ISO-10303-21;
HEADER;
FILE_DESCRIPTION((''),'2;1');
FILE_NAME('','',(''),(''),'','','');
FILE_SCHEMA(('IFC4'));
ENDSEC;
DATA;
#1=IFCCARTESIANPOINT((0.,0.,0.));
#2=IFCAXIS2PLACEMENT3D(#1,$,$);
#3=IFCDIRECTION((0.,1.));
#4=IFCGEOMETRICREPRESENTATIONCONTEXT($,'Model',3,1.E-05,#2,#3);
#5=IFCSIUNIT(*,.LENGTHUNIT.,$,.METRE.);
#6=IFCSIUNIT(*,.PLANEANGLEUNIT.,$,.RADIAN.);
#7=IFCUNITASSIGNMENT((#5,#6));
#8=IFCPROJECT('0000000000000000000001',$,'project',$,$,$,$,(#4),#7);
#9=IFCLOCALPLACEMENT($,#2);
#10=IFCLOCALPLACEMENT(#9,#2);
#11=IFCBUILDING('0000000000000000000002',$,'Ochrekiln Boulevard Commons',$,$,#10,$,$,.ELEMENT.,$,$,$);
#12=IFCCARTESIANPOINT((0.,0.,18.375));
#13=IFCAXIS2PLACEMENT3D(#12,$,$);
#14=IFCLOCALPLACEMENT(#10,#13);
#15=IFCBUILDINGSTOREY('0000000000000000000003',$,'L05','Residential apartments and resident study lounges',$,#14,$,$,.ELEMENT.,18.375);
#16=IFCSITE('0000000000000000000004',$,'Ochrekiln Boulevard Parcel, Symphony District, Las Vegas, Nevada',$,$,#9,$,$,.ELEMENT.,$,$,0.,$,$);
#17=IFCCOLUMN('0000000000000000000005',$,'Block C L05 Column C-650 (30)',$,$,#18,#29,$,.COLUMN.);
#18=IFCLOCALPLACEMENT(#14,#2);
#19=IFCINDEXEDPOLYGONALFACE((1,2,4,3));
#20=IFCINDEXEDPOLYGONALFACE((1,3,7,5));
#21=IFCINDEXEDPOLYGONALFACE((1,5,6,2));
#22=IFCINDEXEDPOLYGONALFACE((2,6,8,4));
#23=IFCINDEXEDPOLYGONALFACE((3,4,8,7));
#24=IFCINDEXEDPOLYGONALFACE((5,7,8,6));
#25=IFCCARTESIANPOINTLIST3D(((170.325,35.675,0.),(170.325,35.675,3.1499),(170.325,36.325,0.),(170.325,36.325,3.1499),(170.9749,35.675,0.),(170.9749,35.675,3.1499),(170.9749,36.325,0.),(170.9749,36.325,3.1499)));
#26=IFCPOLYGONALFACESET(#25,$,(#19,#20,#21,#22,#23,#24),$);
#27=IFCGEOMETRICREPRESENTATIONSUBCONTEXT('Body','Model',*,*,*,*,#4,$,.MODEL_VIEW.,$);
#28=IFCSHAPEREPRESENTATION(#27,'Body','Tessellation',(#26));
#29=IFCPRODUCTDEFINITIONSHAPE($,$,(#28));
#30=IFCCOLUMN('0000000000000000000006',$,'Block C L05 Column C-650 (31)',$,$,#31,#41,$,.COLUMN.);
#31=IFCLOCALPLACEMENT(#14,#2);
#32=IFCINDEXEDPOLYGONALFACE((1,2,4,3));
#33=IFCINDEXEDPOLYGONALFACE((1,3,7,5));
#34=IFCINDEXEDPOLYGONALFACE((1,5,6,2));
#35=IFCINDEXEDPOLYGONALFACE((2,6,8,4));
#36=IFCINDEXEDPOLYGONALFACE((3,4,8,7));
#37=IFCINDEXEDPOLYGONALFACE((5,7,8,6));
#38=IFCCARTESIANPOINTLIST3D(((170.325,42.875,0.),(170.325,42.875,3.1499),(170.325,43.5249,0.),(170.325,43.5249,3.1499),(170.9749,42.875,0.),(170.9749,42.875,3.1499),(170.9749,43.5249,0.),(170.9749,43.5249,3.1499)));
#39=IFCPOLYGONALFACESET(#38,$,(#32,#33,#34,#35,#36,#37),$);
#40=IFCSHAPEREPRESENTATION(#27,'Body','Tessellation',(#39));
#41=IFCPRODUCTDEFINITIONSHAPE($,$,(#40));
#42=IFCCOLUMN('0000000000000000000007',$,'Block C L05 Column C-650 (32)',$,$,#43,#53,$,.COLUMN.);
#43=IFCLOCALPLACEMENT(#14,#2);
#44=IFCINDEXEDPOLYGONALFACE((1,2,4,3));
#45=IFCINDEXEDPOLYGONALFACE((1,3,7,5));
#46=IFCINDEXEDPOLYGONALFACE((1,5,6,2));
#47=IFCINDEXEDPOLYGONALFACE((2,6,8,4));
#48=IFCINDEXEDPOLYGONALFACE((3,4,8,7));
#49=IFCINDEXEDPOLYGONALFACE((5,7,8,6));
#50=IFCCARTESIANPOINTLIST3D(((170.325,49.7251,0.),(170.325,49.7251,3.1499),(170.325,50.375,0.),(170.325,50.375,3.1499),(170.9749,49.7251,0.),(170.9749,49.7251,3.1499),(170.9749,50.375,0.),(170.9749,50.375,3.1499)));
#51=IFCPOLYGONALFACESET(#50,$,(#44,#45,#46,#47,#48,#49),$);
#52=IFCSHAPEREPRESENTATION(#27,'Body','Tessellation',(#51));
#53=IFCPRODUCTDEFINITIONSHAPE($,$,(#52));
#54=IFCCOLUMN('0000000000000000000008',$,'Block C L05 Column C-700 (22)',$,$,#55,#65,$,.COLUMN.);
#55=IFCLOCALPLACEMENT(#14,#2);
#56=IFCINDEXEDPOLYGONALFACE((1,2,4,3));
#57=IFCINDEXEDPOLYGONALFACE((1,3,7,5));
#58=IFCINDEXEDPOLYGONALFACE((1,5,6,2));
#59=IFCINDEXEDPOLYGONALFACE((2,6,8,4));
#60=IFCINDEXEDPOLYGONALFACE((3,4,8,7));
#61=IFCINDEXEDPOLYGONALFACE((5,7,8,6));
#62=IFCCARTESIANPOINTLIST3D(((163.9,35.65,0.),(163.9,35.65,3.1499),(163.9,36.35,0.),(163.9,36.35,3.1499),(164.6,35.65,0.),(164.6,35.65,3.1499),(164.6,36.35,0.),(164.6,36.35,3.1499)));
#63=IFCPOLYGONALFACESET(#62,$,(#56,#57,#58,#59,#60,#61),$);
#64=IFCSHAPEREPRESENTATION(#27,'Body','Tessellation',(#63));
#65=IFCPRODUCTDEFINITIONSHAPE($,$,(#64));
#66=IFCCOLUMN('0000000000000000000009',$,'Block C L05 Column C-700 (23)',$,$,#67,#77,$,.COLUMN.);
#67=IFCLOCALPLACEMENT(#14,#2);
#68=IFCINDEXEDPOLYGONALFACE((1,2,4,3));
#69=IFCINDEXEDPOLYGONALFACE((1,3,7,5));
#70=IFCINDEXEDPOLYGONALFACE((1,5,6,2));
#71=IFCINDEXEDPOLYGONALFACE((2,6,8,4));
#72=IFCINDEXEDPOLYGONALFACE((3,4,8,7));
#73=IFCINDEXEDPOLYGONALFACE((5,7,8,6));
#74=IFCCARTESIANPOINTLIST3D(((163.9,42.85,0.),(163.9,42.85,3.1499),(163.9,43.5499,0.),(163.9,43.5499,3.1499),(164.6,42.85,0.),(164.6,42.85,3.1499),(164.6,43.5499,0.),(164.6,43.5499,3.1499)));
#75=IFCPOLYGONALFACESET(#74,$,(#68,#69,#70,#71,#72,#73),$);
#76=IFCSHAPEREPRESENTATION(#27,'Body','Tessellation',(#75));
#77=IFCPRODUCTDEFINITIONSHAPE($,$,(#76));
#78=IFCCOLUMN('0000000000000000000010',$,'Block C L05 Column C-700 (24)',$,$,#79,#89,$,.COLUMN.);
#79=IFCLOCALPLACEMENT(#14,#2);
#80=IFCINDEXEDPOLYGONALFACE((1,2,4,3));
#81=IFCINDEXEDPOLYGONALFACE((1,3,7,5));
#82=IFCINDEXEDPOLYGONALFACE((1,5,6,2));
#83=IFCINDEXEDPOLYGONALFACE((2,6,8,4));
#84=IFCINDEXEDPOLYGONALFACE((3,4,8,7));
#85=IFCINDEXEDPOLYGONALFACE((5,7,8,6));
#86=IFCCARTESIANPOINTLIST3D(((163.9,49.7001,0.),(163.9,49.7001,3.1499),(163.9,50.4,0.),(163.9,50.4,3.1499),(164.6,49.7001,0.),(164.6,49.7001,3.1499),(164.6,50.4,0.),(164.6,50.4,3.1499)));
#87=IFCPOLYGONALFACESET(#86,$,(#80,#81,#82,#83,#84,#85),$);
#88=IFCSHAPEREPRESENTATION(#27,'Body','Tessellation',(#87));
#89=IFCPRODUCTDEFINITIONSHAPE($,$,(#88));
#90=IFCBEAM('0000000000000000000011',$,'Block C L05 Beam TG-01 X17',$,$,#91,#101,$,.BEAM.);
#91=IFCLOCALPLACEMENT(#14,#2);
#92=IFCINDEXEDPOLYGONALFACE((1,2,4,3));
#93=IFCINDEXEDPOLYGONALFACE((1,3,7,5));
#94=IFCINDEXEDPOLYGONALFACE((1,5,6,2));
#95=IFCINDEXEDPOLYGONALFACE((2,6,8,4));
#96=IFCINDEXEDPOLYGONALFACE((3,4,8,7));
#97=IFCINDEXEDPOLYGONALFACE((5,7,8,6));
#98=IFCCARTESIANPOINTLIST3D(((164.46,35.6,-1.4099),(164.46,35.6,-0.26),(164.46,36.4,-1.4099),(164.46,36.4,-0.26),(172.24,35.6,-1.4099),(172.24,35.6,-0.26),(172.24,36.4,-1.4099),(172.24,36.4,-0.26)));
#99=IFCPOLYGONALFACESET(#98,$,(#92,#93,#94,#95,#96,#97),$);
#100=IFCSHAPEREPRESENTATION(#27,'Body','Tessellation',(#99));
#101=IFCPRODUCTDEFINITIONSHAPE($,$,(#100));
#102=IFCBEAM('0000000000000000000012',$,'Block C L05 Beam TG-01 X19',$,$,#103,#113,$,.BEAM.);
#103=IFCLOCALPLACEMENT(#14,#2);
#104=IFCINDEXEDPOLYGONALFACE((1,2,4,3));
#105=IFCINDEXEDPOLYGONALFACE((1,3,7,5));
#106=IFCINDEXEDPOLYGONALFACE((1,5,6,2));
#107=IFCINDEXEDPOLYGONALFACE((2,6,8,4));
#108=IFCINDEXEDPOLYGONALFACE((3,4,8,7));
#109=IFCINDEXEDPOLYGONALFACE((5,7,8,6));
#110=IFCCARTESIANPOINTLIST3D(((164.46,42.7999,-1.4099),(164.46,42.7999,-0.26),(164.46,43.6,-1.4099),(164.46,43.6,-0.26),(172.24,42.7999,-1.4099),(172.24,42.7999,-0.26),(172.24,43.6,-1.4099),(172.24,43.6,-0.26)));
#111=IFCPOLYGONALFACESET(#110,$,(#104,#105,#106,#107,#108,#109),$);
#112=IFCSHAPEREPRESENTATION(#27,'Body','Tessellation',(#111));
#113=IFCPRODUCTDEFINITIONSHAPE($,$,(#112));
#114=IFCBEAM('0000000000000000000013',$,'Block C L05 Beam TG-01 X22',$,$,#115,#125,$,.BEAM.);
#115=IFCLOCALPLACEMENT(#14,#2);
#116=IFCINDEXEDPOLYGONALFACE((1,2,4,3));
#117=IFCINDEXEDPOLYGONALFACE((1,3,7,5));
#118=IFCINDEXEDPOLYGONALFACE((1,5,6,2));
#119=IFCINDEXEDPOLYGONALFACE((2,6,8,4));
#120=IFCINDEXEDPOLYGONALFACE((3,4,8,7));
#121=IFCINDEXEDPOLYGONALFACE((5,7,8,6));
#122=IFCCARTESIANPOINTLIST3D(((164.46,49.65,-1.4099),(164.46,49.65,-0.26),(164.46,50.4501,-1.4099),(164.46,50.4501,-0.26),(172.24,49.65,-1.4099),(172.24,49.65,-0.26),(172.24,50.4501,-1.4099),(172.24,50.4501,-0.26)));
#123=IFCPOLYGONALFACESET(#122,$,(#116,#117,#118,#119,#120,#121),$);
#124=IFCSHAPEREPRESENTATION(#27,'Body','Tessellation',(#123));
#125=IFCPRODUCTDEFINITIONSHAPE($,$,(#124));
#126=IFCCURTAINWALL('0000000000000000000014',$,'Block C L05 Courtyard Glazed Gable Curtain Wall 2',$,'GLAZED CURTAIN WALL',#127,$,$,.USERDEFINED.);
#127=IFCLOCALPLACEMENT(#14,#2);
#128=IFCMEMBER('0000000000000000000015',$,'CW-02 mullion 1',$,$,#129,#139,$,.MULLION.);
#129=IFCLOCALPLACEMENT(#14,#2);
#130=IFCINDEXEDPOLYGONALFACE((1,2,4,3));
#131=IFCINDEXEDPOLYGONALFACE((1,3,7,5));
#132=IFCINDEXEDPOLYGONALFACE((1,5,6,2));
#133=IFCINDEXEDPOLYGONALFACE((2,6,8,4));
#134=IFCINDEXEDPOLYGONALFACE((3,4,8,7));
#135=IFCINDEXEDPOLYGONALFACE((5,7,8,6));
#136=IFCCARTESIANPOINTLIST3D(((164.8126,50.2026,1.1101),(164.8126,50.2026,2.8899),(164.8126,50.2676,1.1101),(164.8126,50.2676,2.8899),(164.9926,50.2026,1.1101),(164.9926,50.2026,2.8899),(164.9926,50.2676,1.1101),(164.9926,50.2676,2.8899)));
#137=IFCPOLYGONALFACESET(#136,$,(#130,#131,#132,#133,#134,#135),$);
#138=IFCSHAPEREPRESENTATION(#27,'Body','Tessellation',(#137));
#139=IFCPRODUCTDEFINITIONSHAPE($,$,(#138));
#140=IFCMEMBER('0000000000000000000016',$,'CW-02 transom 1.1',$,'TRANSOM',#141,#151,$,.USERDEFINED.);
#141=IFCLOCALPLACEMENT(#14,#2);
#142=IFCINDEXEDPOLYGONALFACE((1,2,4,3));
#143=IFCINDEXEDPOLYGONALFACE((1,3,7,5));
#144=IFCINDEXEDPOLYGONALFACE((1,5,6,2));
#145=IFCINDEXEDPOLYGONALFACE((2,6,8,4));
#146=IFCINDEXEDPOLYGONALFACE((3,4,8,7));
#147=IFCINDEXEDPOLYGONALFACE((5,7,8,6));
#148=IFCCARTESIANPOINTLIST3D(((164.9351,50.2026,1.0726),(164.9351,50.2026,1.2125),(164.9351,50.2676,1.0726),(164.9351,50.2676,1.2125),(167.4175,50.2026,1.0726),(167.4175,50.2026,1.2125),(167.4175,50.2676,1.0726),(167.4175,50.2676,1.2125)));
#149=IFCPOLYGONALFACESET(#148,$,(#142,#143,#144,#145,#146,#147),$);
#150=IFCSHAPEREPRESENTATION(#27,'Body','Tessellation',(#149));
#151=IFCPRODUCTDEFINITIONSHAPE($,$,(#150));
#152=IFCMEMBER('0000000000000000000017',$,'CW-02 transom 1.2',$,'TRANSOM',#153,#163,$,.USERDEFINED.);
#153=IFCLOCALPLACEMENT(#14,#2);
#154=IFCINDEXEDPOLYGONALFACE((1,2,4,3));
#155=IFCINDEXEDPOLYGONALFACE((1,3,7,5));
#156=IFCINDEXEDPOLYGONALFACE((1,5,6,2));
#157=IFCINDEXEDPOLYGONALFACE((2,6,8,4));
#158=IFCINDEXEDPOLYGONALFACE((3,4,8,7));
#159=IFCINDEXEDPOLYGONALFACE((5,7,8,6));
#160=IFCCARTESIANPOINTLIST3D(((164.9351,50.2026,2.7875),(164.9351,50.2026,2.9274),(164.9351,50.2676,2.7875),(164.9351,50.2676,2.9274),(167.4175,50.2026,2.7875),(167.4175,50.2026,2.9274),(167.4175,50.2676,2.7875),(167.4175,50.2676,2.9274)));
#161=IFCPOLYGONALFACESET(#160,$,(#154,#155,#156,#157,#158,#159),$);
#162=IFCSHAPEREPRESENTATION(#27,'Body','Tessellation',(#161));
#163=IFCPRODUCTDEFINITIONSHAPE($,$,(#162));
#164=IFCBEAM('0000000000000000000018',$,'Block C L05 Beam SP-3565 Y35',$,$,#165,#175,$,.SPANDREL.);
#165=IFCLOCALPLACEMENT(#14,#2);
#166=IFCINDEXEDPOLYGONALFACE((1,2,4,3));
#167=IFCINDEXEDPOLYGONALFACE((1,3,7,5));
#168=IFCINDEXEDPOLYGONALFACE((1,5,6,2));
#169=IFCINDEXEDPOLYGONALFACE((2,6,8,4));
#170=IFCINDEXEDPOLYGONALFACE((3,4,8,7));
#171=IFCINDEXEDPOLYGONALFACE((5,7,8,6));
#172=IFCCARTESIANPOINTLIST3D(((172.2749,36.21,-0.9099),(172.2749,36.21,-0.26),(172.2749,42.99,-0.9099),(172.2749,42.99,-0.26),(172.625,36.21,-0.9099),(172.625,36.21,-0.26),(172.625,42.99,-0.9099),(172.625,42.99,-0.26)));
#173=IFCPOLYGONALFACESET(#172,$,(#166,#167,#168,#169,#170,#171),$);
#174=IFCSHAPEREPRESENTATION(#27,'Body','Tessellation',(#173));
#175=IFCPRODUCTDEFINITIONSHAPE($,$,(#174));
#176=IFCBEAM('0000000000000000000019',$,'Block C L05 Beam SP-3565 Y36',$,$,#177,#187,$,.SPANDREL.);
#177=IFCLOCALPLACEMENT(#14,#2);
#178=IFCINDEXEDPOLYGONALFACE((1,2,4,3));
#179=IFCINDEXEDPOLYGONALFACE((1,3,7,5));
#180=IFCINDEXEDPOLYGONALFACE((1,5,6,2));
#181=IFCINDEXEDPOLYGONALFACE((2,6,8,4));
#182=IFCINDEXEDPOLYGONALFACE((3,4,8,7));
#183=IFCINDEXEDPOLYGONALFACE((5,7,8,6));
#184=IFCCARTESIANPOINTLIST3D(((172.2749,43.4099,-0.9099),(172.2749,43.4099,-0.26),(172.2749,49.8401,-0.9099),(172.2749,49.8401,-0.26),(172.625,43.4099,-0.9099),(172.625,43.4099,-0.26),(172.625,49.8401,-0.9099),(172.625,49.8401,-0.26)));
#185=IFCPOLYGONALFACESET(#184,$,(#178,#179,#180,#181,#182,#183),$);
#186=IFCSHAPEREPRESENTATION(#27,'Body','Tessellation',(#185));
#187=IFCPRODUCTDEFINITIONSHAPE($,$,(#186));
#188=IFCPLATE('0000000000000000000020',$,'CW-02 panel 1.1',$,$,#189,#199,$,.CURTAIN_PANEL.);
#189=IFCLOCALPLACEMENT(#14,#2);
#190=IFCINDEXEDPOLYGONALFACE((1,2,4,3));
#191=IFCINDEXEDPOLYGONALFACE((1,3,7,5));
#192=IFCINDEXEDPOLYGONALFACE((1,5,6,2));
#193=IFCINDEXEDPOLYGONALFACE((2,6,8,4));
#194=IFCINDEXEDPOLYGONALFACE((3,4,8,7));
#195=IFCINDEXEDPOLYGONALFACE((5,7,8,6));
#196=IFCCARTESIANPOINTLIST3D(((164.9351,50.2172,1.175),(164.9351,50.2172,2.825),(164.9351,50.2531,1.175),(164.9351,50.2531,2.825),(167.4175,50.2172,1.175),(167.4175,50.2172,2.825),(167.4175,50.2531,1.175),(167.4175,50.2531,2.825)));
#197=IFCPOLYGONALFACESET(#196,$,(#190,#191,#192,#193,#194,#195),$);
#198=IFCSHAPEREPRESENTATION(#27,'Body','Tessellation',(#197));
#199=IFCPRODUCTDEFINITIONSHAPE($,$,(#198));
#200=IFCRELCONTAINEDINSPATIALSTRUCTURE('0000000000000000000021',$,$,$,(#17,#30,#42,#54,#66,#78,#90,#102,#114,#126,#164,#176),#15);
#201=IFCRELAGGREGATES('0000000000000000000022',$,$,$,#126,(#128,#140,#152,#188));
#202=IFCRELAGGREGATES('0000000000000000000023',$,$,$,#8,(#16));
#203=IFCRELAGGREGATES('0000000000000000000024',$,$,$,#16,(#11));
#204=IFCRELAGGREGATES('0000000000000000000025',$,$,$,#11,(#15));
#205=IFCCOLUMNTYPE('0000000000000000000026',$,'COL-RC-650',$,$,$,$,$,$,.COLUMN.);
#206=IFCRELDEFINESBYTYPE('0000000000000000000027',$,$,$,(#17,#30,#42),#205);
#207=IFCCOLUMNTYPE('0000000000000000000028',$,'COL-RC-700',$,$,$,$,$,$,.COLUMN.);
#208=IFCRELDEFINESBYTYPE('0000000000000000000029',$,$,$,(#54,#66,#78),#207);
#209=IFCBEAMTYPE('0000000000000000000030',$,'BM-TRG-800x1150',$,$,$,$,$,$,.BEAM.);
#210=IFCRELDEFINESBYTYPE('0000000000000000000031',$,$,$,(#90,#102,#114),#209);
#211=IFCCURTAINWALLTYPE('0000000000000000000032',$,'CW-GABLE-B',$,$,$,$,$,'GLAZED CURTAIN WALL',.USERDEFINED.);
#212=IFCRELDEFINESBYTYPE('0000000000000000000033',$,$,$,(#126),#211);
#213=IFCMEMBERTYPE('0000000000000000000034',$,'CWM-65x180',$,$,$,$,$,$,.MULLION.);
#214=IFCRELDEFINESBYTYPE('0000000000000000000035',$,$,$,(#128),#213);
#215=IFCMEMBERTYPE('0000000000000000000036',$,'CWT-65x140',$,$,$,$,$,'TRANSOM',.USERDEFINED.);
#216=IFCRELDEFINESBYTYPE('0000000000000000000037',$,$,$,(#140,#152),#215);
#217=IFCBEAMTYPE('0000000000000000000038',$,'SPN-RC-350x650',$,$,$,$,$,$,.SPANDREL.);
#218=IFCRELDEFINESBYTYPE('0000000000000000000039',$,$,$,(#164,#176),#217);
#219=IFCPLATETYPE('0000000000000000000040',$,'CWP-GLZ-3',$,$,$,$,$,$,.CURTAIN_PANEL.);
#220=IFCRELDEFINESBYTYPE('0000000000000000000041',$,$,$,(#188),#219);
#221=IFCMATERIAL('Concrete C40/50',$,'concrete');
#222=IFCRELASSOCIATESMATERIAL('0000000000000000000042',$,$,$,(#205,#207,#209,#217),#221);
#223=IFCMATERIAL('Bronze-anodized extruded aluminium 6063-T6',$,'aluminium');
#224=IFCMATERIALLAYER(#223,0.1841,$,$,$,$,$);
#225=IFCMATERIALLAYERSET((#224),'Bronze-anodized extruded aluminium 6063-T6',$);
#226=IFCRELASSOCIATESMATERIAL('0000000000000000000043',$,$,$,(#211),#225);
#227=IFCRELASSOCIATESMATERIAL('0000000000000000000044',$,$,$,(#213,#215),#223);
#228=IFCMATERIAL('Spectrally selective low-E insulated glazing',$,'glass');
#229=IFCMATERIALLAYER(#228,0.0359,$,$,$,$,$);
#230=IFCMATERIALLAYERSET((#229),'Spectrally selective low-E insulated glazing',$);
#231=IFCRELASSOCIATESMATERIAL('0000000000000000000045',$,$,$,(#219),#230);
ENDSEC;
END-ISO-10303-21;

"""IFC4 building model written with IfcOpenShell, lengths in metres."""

from ifc_helpers import new_model, si_unit, direction, frame, origin, origin_2d, place, context, subcontext, project, spatial, rectangle, extrude, material, layer, layer_set, material_profile, profile_set, type_object, element, aggregate, save


model = new_model("IFC4")

# Units and contexts
model_context = context("Model", 3, precision=1e-05, world=origin(), true_north=direction((0.0, 1.0)))
body_context = subcontext(model_context, "Body", "Model", "MODEL_VIEW")
ifc_project = project(units=[si_unit("LENGTHUNIT", "METRE"), si_unit("PLANEANGLEUNIT", "RADIAN")], contexts=[model_context])

# Site, building, storey
site_placement = place(None, origin())
site = spatial("IfcSite", under=ifc_project, at=site_placement, Name="Ochrekiln Boulevard Parcel, Symphony District, Las Vegas, Nevada", CompositionType="ELEMENT", RefElevation=0.0)
building_placement = place(site_placement, origin())
building = spatial("IfcBuilding", under=site, at=building_placement, Name="Ochrekiln Boulevard Commons", CompositionType="ELEMENT")
storey_placement = place(building_placement, frame((0.0, 0.0, 18.375)))
storey = spatial("IfcBuildingStorey", under=building, at=storey_placement, Name="L05", Description="Residential apartments and resident study lounges", CompositionType="ELEMENT", Elevation=18.375)

# Columns
ifc_material_1 = material(Name="Concrete C40/50", Category="concrete")
ifc_material_profile_1 = material_profile(ifc_material_1, rectangle(XDim=0.6499, YDim=0.6499, at=origin_2d()), Name="RC-COL-650x650")
ifc_profile_set_1 = profile_set([ifc_material_profile_1], Name="Concrete C40/50")
column_type_1 = type_object("IfcColumnType", Name="COL-RC-650", PredefinedType="COLUMN", material=ifc_profile_set_1)
for number, where, z_axis, x_axis, name in (
    (1, (170.6499, 36.0, 0.0), (0.0, 0.0, 1.0), (1.0, 0.0, 0.0), "Block C L05 Column C-650 (30)"),
    (2, (170.6499, 43.2, 0.0), (0.0, 0.0, 1.0), (1.0, 0.0, 0.0), "Block C L05 Column C-650 (31)"),
    (3, (170.6499, 50.05, 0.0), (0.0, 0.0, 1.0), (1.0, 0.0, 0.0), "Block C L05 Column C-650 (32)"),
):
    element("IfcColumn", number, at=place(storey_placement, frame(where, z_axis=z_axis, x_axis=x_axis)), inside=storey, type_object=column_type_1, Name=name, PredefinedType="COLUMN", context=body_context, shape_type="SweptSolid", body=[
        extrude(rectangle(XDim=0.6499, YDim=0.6499, at=origin_2d()), origin(), (0.0, 0.0, 1.0), 3.1499),
    ])
ifc_material_profile_2 = material_profile(ifc_material_1, rectangle(XDim=0.7, YDim=0.7, at=origin_2d()), Name="RC-COL-700x700")
ifc_profile_set_2 = profile_set([ifc_material_profile_2], Name="Concrete C40/50")
column_type_2 = type_object("IfcColumnType", Name="COL-RC-700", PredefinedType="COLUMN", material=ifc_profile_set_2)
for number, where, z_axis, x_axis, name in (
    (4, (164.25, 36.0, 0.0), (0.0, 0.0, 1.0), (1.0, 0.0, 0.0), "Block C L05 Column C-700 (22)"),
    (5, (164.25, 43.2, 0.0), (0.0, 0.0, 1.0), (1.0, 0.0, 0.0), "Block C L05 Column C-700 (23)"),
    (6, (164.25, 50.05, 0.0), (0.0, 0.0, 1.0), (1.0, 0.0, 0.0), "Block C L05 Column C-700 (24)"),
):
    element("IfcColumn", number, at=place(storey_placement, frame(where, z_axis=z_axis, x_axis=x_axis)), inside=storey, type_object=column_type_2, Name=name, PredefinedType="COLUMN", context=body_context, shape_type="SweptSolid", body=[
        extrude(rectangle(XDim=0.7, YDim=0.7, at=origin_2d()), origin(), (0.0, 0.0, 1.0), 3.1499),
    ])

# Beams
ifc_material_profile_3 = material_profile(ifc_material_1, rectangle(XDim=0.8, YDim=1.1499, at=origin_2d()), Name="RC-TRG-800x1150")
ifc_profile_set_3 = profile_set([ifc_material_profile_3], Name="Concrete C40/50")
beam_type_1 = type_object("IfcBeamType", Name="BM-TRG-800x1150", PredefinedType="BEAM", material=ifc_profile_set_3)
for number, where, z_axis, x_axis, name in (
    (7, (164.46, 36.0, -0.835), (1.0, 0.0, 0.0), (0.0, 1.0, 0.0), "Block C L05 Beam TG-01 X17"),
    (8, (164.46, 43.2, -0.835), (1.0, 0.0, 0.0), (0.0, 1.0, 0.0), "Block C L05 Beam TG-01 X19"),
    (9, (164.46, 50.05, -0.835), (1.0, 0.0, 0.0), (0.0, 1.0, 0.0), "Block C L05 Beam TG-01 X22"),
):
    element("IfcBeam", number, at=place(storey_placement, frame(where, z_axis=z_axis, x_axis=x_axis)), inside=storey, type_object=beam_type_1, Name=name, PredefinedType="BEAM", context=body_context, shape_type="SweptSolid", body=[
        extrude(rectangle(XDim=0.8, YDim=1.1499, at=origin_2d()), origin(), (0.0, 0.0, 1.0), 7.78),
    ])

# Curtain wall, members
ifc_material_2 = material(Name="Bronze-anodized extruded aluminium 6063-T6", Category="aluminium")
ifc_layer_1 = layer(ifc_material_2, 0.1841)
ifc_layer_set_1 = layer_set([ifc_layer_1], Name="Bronze-anodized extruded aluminium 6063-T6")
curtain_wall_type = type_object("IfcCurtainWallType", Name="CW-GABLE-B", ElementType="GLAZED CURTAIN WALL", PredefinedType="USERDEFINED", material=ifc_layer_set_1)
curtain_wall_placement = place(storey_placement, origin())
curtain_wall = element("IfcCurtainWall", 10, at=curtain_wall_placement, inside=storey, type_object=curtain_wall_type, Name="Block C L05 Courtyard Glazed Gable Curtain Wall 2", ObjectType="GLAZED CURTAIN WALL", PredefinedType="USERDEFINED")
ifc_material_profile_4 = material_profile(ifc_material_2, rectangle(XDim=0.0649, YDim=0.1799, at=origin_2d()), Name="ALU-MUL-65x180")
ifc_profile_set_4 = profile_set([ifc_material_profile_4], Name="Bronze-anodized extruded aluminium 6063-T6")
member_type_1 = type_object("IfcMemberType", Name="CWM-65x180", PredefinedType="MULLION", material=ifc_profile_set_4)
member_1_placement = place(storey_placement, frame((164.9026, 50.2351, 1.1101), z_axis=(0.0, 0.0, 1.0), x_axis=(0.0, 1.0, 0.0)))
member_1 = element("IfcMember", 11, at=member_1_placement, type_object=member_type_1, Name="CW-02 mullion 1", PredefinedType="MULLION", context=body_context, shape_type="SweptSolid", body=[
    extrude(rectangle(XDim=0.0649, YDim=0.1799, at=origin_2d()), origin(), (0.0, 0.0, 1.0), 1.7798),
])
ifc_material_profile_5 = material_profile(ifc_material_2, rectangle(XDim=0.0649, YDim=0.1399, at=origin_2d()), Name="ALU-TRN-65x140")
ifc_profile_set_5 = profile_set([ifc_material_profile_5], Name="Bronze-anodized extruded aluminium 6063-T6")
member_type_2 = type_object("IfcMemberType", Name="CWT-65x140", ElementType="TRANSOM", PredefinedType="USERDEFINED", material=ifc_profile_set_5)
member_2_placement = place(storey_placement, frame((164.9351, 50.2351, 1.1426), z_axis=(1.0, 0.0, 0.0), x_axis=(0.0, 1.0, 0.0)))
member_2 = element("IfcMember", 12, at=member_2_placement, type_object=member_type_2, Name="CW-02 transom 1.1", ObjectType="TRANSOM", PredefinedType="USERDEFINED", context=body_context, shape_type="SweptSolid", body=[
    extrude(rectangle(XDim=0.0649, YDim=0.1399, at=origin_2d()), origin(), (0.0, 0.0, 1.0), 2.4824),
])
member_3_placement = place(storey_placement, frame((164.9351, 50.2351, 2.8574), z_axis=(1.0, 0.0, 0.0), x_axis=(0.0, 1.0, 0.0)))
member_3 = element("IfcMember", 13, at=member_3_placement, type_object=member_type_2, Name="CW-02 transom 1.2", ObjectType="TRANSOM", PredefinedType="USERDEFINED", context=body_context, shape_type="SweptSolid", body=[
    extrude(rectangle(XDim=0.0649, YDim=0.1399, at=origin_2d()), origin(), (0.0, 0.0, 1.0), 2.4824),
])

# Beams
ifc_material_profile_6 = material_profile(ifc_material_1, rectangle(XDim=0.3501, YDim=0.6499, at=origin_2d()), Name="RC-SPN-350x650")
ifc_profile_set_6 = profile_set([ifc_material_profile_6], Name="Concrete C40/50")
beam_type_2 = type_object("IfcBeamType", Name="SPN-RC-350x650", PredefinedType="SPANDREL", material=ifc_profile_set_6)
beam_1_placement = place(storey_placement, frame((172.45, 36.21, -0.585), z_axis=(0.0, 1.0, 0.0), x_axis=(-1.0, 0.0, 0.0)))
element("IfcBeam", 14, at=beam_1_placement, inside=storey, type_object=beam_type_2, Name="Block C L05 Beam SP-3565 Y35", PredefinedType="SPANDREL", context=body_context, shape_type="SweptSolid", body=[
    extrude(rectangle(XDim=0.3501, YDim=0.6499, at=origin_2d()), origin(), (0.0, 0.0, 1.0), 6.78),
])
beam_2_placement = place(storey_placement, frame((172.45, 43.4099, -0.585), z_axis=(0.0, 1.0, 0.0), x_axis=(-1.0, 0.0, 0.0)))
element("IfcBeam", 15, at=beam_2_placement, inside=storey, type_object=beam_type_2, Name="Block C L05 Beam SP-3565 Y36", PredefinedType="SPANDREL", context=body_context, shape_type="SweptSolid", body=[
    extrude(rectangle(XDim=0.3501, YDim=0.6499, at=origin_2d()), origin(), (0.0, 0.0, 1.0), 6.4302),
])

# Plate
ifc_material_3 = material(Name="Spectrally selective low-E insulated glazing", Category="glass")
ifc_layer_2 = layer(ifc_material_3, 0.0359)
ifc_layer_set_2 = layer_set([ifc_layer_2], Name="Spectrally selective low-E insulated glazing")
plate_type = type_object("IfcPlateType", Name="CWP-GLZ-3", PredefinedType="CURTAIN_PANEL", material=ifc_layer_set_2)
plate_placement = place(storey_placement, frame((166.1763, 50.2351, 1.175), z_axis=(0.0, 0.0, 1.0), x_axis=(1.0, 0.0, 0.0)))
plate = element("IfcPlate", 16, at=plate_placement, type_object=plate_type, Name="CW-02 panel 1.1", PredefinedType="CURTAIN_PANEL", context=body_context, shape_type="SweptSolid", body=[
    extrude(rectangle(XDim=2.4824, YDim=0.0359, at=origin_2d()), origin(), (0.0, 0.0, 1.0), 1.6499),
])
aggregate(curtain_wall, [member_1, member_2, member_3, plate])

save(model, "model.ifc")
